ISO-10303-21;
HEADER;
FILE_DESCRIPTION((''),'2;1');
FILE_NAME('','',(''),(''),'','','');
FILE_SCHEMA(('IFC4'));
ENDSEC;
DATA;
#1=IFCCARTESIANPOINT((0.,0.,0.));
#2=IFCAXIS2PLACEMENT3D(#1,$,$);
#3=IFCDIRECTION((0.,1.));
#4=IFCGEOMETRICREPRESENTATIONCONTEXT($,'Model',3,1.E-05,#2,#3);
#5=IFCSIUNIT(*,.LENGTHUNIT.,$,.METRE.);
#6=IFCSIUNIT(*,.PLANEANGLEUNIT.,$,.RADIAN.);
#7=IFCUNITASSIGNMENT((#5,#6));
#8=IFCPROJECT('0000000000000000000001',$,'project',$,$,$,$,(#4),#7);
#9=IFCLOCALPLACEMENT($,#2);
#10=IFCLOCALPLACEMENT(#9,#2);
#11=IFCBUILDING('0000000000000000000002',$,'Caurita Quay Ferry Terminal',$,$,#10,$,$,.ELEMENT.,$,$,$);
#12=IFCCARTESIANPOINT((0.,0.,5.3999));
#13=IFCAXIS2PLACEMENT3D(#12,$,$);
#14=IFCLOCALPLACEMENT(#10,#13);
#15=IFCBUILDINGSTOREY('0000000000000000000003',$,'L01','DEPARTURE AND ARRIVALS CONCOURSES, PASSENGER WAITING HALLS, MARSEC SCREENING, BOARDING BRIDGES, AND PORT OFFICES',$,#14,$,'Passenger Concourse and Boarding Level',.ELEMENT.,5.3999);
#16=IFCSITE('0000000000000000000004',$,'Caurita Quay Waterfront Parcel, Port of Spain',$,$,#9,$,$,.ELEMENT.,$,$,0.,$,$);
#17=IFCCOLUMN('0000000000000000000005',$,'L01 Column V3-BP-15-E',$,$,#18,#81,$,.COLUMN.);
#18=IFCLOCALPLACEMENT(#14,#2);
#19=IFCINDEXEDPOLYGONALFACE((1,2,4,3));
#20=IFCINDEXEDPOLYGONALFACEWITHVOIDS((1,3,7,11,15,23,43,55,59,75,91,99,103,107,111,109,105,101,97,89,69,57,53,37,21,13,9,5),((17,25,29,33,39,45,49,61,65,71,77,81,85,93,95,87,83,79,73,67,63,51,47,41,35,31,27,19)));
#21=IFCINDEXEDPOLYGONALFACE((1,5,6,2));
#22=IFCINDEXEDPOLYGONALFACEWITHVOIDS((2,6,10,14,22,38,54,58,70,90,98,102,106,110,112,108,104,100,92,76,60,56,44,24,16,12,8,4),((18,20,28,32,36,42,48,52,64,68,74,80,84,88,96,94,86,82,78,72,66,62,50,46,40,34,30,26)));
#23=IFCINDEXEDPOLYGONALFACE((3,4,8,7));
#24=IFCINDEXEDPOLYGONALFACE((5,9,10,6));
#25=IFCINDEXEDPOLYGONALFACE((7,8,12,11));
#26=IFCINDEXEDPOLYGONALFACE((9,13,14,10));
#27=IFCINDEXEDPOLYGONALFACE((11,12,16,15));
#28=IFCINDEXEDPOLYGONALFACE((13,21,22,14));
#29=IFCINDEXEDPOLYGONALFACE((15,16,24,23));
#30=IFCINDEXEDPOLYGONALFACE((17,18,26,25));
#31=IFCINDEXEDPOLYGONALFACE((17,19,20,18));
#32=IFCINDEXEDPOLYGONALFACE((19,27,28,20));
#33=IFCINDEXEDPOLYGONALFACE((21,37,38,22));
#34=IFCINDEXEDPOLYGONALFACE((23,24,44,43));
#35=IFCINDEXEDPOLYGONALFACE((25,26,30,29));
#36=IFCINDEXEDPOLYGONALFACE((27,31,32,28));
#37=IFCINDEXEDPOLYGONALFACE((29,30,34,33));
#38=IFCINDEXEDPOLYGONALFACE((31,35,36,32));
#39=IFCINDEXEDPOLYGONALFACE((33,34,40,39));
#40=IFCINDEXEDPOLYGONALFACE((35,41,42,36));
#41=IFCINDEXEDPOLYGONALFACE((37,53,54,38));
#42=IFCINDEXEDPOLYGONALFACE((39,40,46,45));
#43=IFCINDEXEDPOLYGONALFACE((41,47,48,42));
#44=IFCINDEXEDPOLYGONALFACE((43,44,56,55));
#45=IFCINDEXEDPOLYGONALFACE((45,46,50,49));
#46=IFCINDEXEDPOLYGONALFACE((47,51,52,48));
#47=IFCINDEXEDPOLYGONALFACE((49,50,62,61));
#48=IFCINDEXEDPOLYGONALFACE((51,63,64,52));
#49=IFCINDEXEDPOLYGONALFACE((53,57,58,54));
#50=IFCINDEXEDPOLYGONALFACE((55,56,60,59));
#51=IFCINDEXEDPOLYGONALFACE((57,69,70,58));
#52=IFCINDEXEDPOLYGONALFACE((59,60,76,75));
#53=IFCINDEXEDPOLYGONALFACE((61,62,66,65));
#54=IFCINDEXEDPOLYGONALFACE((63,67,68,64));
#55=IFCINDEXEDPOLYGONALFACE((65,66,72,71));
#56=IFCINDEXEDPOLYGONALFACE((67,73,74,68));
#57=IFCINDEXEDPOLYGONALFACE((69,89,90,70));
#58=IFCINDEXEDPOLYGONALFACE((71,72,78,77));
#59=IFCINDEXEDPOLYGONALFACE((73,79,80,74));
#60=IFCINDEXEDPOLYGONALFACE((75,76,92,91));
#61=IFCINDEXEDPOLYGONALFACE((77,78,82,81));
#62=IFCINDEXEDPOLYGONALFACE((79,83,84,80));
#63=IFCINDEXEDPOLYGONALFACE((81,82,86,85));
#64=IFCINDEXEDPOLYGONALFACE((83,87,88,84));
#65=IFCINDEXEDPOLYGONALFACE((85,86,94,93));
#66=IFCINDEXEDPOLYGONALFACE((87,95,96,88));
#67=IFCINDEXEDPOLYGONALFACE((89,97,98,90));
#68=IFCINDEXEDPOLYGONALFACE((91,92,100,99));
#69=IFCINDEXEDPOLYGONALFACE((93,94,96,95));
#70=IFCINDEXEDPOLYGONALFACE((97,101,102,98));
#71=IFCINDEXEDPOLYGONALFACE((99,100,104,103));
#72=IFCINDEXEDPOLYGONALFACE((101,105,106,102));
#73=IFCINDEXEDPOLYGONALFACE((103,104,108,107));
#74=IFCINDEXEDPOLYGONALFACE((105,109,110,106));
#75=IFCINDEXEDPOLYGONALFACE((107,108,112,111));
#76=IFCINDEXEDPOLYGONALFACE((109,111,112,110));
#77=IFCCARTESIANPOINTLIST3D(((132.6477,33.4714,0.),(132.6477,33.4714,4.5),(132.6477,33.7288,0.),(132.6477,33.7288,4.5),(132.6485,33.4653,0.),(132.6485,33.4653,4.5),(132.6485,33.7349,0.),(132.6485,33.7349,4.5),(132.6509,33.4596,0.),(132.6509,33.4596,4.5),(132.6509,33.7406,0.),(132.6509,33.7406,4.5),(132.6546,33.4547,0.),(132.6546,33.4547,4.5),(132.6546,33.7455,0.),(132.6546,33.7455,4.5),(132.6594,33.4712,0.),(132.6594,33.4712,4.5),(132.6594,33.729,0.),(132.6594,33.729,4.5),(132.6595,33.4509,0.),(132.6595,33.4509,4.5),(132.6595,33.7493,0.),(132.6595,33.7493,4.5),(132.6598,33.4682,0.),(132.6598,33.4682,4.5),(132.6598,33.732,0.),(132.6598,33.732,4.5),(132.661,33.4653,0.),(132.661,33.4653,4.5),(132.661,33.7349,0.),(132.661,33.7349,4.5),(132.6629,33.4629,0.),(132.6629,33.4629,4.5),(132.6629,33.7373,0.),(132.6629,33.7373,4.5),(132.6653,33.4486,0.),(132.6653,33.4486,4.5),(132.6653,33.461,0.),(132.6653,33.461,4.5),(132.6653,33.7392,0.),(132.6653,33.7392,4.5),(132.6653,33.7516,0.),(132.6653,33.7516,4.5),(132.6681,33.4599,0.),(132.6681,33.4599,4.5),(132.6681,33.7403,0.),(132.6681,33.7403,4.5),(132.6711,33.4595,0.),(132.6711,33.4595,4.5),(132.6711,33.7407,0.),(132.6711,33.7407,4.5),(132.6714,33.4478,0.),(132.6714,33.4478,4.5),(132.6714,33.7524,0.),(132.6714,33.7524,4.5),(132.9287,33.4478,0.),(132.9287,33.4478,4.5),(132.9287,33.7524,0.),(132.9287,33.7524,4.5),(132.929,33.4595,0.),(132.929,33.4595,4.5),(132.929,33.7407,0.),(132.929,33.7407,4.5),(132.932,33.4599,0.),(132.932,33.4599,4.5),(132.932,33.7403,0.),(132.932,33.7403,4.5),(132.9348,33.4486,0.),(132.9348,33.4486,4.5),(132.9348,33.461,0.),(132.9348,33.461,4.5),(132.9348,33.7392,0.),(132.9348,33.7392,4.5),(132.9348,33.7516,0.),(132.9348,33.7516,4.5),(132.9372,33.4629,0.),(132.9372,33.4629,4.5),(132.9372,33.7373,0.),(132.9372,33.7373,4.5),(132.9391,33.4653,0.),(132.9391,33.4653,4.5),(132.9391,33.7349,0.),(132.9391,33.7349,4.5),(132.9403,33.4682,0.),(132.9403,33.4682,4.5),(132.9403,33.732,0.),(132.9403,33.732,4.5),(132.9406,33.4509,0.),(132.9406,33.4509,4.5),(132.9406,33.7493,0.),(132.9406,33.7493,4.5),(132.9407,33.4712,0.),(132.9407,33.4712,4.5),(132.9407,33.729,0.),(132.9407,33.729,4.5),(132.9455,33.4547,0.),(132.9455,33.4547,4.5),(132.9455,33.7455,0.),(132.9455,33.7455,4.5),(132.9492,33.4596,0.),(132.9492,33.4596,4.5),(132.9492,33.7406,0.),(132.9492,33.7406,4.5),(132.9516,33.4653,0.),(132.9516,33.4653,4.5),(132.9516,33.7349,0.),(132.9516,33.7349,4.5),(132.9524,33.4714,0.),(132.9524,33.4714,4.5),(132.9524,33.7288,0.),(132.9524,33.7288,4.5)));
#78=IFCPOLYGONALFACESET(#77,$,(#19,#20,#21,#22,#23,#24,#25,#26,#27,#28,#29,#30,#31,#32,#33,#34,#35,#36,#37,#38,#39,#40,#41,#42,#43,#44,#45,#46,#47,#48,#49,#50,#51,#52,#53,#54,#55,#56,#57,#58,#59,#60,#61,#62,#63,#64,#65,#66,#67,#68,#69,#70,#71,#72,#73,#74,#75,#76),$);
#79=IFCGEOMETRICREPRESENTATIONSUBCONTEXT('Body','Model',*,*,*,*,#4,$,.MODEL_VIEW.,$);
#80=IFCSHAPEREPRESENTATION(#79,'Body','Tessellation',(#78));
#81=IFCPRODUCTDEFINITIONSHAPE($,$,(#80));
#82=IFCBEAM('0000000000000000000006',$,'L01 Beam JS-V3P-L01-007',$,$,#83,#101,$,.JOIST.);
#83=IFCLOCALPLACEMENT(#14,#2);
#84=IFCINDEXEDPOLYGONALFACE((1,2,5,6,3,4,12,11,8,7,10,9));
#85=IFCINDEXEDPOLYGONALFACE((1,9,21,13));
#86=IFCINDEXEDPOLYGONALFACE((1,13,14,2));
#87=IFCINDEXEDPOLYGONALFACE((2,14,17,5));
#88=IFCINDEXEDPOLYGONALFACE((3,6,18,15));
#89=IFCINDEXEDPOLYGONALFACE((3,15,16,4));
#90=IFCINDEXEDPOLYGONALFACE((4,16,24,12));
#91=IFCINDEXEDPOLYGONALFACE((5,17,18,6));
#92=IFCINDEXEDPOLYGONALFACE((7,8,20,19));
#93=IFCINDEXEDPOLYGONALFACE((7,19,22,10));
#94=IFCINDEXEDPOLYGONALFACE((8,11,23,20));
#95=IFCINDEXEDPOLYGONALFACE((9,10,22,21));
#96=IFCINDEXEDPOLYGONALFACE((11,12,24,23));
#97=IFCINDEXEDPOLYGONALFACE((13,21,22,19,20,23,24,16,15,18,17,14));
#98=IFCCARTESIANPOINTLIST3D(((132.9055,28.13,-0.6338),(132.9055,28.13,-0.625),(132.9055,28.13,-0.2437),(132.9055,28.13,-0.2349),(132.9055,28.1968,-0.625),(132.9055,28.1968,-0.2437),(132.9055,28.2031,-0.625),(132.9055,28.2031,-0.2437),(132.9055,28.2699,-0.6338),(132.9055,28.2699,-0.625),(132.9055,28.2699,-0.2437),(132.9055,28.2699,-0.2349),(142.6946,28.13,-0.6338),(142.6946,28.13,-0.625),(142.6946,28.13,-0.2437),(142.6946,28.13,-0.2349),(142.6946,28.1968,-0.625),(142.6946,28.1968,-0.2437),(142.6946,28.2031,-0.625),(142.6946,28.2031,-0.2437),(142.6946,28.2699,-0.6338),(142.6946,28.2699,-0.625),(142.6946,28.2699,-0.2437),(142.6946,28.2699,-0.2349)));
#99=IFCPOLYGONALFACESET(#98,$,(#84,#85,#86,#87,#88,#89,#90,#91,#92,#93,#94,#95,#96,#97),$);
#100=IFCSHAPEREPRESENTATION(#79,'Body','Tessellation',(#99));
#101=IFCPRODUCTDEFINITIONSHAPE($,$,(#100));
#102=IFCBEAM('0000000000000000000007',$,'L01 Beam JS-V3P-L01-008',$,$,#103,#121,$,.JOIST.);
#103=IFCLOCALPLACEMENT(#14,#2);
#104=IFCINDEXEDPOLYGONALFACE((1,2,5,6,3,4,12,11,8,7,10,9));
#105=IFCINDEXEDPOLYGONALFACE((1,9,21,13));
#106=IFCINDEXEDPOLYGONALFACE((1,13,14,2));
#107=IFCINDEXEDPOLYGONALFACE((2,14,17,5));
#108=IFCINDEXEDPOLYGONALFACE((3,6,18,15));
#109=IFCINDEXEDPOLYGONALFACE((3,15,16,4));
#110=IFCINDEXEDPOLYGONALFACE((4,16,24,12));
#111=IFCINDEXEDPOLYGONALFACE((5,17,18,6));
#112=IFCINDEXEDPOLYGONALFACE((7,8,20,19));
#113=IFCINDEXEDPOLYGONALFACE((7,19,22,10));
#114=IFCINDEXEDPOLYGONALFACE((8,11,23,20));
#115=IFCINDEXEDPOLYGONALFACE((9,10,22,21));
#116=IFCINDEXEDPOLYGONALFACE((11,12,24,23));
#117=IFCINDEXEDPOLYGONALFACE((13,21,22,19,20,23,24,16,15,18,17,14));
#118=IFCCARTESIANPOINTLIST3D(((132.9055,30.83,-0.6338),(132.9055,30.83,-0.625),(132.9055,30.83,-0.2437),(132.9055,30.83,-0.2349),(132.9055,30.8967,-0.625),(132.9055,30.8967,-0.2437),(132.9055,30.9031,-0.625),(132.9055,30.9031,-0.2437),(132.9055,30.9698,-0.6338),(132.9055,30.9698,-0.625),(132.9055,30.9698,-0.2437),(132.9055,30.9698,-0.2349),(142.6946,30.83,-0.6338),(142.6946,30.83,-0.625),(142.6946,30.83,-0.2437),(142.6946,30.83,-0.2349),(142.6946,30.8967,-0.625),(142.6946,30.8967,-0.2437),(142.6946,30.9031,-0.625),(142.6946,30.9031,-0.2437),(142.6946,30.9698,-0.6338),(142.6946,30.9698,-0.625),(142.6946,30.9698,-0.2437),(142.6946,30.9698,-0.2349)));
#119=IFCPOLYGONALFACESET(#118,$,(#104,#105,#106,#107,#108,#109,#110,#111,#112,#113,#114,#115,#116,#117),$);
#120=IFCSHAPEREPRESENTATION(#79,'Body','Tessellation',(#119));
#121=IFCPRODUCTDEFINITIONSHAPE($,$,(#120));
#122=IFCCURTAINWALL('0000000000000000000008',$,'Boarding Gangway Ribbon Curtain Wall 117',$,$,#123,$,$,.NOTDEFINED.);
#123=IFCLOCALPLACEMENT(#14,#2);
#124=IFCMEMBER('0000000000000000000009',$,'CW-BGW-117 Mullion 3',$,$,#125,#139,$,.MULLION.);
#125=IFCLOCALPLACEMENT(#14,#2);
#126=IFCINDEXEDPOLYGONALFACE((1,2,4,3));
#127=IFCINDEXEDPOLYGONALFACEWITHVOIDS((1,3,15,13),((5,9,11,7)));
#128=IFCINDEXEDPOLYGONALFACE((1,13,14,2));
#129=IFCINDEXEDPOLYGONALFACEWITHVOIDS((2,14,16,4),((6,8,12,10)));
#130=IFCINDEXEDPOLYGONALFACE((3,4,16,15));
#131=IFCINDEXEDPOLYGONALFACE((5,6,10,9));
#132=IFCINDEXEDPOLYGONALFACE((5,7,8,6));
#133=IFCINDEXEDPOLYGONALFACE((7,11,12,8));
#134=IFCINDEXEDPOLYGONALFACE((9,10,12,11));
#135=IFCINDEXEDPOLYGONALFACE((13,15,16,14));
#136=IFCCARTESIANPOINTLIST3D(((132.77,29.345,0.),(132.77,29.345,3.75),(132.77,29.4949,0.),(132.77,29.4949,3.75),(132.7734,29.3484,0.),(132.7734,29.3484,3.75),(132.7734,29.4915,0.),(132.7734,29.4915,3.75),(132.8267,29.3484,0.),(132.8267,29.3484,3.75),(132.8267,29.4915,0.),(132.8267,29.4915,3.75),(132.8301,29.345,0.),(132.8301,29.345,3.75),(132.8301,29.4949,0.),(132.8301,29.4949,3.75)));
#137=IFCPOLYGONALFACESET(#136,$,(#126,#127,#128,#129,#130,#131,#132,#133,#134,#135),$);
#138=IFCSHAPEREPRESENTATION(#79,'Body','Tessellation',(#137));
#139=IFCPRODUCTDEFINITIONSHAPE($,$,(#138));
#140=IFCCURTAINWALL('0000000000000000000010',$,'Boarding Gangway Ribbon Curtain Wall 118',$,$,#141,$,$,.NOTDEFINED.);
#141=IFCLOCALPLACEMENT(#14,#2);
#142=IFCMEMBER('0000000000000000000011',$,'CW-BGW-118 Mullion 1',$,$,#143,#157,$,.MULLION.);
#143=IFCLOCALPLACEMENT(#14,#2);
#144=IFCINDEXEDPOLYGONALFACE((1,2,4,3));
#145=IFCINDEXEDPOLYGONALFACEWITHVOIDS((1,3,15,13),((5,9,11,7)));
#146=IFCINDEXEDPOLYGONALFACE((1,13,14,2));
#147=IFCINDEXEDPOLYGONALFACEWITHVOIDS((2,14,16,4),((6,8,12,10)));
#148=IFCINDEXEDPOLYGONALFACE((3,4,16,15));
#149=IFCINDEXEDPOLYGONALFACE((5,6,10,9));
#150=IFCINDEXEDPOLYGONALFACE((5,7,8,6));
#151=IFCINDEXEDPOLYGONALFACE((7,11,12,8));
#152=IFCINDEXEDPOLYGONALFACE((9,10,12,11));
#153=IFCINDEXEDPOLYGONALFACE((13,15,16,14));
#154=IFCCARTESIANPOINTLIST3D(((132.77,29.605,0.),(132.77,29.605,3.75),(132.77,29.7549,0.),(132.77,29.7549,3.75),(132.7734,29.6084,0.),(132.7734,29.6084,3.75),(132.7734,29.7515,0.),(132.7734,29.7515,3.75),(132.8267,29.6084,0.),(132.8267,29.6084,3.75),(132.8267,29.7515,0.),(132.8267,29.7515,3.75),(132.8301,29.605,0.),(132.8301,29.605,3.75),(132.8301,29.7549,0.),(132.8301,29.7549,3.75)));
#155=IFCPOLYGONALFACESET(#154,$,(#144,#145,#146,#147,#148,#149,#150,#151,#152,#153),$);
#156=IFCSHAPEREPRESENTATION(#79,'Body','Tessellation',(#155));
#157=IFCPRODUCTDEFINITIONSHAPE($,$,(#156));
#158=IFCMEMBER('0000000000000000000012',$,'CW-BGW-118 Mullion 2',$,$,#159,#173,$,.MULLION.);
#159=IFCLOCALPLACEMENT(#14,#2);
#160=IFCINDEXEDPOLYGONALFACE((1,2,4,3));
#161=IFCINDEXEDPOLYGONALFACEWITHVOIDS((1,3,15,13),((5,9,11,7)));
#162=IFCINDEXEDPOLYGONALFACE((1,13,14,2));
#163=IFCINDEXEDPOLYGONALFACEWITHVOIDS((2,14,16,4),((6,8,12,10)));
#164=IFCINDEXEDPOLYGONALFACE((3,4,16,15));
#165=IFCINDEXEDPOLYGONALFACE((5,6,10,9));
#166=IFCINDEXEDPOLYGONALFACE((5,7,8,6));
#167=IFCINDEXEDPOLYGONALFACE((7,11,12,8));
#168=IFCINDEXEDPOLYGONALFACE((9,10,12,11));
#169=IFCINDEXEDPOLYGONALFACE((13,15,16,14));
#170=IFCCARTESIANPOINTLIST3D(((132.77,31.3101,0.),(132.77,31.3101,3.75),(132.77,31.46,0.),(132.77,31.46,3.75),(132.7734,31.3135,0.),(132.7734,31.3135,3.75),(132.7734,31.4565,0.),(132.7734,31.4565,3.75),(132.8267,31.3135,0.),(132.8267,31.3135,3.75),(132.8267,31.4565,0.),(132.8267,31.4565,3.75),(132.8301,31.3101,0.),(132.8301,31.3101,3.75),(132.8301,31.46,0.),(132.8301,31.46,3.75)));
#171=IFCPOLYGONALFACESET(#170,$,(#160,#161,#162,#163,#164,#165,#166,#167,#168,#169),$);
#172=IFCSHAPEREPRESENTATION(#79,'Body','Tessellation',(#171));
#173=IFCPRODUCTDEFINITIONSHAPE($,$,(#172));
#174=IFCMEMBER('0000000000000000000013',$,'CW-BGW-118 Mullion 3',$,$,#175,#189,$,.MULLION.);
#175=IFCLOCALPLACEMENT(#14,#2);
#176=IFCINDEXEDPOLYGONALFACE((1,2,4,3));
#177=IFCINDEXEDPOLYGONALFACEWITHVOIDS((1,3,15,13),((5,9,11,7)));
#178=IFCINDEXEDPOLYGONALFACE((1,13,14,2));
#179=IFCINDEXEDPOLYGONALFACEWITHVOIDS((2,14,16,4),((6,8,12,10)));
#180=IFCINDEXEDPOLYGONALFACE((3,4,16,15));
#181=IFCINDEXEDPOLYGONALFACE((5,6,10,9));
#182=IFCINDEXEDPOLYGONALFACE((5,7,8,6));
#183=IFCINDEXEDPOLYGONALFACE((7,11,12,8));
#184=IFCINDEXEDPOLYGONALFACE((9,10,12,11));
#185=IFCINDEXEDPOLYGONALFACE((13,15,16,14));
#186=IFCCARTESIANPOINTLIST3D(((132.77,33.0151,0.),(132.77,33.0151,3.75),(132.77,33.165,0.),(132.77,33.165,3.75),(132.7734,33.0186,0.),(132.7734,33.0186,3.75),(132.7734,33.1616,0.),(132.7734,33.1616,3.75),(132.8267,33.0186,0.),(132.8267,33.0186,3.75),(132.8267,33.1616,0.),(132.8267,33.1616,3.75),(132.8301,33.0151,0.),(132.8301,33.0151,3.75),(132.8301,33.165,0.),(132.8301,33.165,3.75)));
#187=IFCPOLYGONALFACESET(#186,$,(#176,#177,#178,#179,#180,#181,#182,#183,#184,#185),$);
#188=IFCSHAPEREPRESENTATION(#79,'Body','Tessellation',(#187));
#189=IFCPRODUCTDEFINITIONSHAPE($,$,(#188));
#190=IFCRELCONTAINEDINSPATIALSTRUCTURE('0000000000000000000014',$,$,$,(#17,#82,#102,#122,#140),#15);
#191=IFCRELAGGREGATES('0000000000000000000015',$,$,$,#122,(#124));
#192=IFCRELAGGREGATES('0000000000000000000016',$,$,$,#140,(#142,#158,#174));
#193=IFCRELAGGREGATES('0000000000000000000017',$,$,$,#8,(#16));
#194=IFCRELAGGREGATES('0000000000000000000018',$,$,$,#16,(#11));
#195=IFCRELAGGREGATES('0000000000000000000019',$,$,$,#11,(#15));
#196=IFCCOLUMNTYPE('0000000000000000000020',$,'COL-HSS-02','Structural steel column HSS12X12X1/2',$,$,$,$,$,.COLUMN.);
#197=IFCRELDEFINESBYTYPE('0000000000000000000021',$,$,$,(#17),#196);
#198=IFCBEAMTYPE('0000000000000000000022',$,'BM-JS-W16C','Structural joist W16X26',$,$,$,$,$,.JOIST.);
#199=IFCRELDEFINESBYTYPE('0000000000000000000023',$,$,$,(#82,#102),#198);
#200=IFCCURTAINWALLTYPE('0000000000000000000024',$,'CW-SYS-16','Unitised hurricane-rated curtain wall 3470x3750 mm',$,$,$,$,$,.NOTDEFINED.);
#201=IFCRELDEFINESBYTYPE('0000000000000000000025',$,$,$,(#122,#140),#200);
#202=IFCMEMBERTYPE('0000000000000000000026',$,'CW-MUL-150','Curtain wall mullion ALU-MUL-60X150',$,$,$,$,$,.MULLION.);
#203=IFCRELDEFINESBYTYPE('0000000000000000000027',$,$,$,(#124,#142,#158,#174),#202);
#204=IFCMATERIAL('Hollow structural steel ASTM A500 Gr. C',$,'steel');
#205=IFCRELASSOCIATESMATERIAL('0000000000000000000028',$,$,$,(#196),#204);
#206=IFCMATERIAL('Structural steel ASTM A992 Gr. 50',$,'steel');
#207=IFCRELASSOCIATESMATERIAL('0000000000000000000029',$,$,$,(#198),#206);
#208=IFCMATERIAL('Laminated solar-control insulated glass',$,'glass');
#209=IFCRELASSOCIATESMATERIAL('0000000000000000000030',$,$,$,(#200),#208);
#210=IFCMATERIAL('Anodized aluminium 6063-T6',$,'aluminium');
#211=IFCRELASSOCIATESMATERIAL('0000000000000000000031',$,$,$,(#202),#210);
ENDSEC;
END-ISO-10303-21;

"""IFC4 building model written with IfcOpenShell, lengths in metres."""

from ifc_helpers import new_model, si_unit, direction, frame, origin, origin_2d, place, context, subcontext, project, spatial, hollow_rectangle, i_section, extrude, material, material_profile, profile_set, type_object, element, aggregate, save


model = new_model("IFC4")

# Units and contexts
model_context = context("Model", 3, precision=1e-05, world=origin(), true_north=direction((0.0, 1.0)))
body_context = subcontext(model_context, "Body", "Model", "MODEL_VIEW")
ifc_project = project(units=[si_unit("LENGTHUNIT", "METRE"), si_unit("PLANEANGLEUNIT", "RADIAN")], contexts=[model_context])

# Site, building, storey
site_placement = place(None, origin())
site = spatial("IfcSite", under=ifc_project, at=site_placement, Name="Caurita Quay Waterfront Parcel, Port of Spain", CompositionType="ELEMENT", RefElevation=0.0)
building_placement = place(site_placement, origin())
building = spatial("IfcBuilding", under=site, at=building_placement, Name="Caurita Quay Ferry Terminal", CompositionType="ELEMENT")
storey_placement = place(building_placement, frame((0.0, 0.0, 5.3999)))
storey = spatial("IfcBuildingStorey", under=building, at=storey_placement, Name="L01", Description="DEPARTURE AND ARRIVALS CONCOURSES, PASSENGER WAITING HALLS, MARSEC SCREENING, BOARDING BRIDGES, AND PORT OFFICES", LongName="Passenger Concourse and Boarding Level", CompositionType="ELEMENT", Elevation=5.3999)

# Column
ifc_material_1 = material(Name="Hollow structural steel ASTM A500 Gr. C", Category="steel")
ifc_material_profile_1 = material_profile(ifc_material_1, hollow_rectangle(XDim=0.3047, YDim=0.3047, WallThickness=0.0117, InnerFilletRadius=0.0117, OuterFilletRadius=0.0237, at=origin_2d()), Name="HSS12X12X1/2")
ifc_profile_set_1 = profile_set([ifc_material_profile_1], Name="Hollow structural steel ASTM A500 Gr. C")
column_type = type_object("IfcColumnType", Name="COL-HSS-02", Description="Structural steel column HSS12X12X1/2", PredefinedType="COLUMN", material=ifc_profile_set_1)
column_placement = place(storey_placement, frame((132.8, 33.6001, 0.0), z_axis=(0.0, 0.0, 1.0), x_axis=(1.0, 0.0, 0.0)))
element("IfcColumn", 1, at=column_placement, inside=storey, type_object=column_type, Name="L01 Column V3-BP-15-E", PredefinedType="COLUMN", context=body_context, shape_type="SweptSolid", body=[
    extrude(hollow_rectangle(XDim=0.3047, YDim=0.3047, WallThickness=0.0117, InnerFilletRadius=0.0117, OuterFilletRadius=0.0237, at=origin_2d()), origin(), (0.0, 0.0, 1.0), 4.5),
])

# Beams
ifc_material_2 = material(Name="Structural steel ASTM A992 Gr. 50", Category="steel")
ifc_material_profile_2 = material_profile(ifc_material_2, i_section(OverallWidth=0.1399, OverallDepth=0.3989, WebThickness=0.0063, FlangeThickness=0.0088, at=origin_2d()), Name="W16X26")
ifc_profile_set_2 = profile_set([ifc_material_profile_2], Name="Structural steel ASTM A992 Gr. 50")
beam_type = type_object("IfcBeamType", Name="BM-JS-W16C", Description="Structural joist W16X26", PredefinedType="JOIST", material=ifc_profile_set_2)
for number, where, z_axis, x_axis, name in (
    (2, (132.9055, 28.2, -0.4343), (1.0, 0.0, 0.0), (0.0, 1.0, 0.0), "L01 Beam JS-V3P-L01-007"),
    (3, (132.9055, 30.8999, -0.4343), (1.0, 0.0, 0.0), (0.0, 1.0, 0.0), "L01 Beam JS-V3P-L01-008"),
):
    element("IfcBeam", number, at=place(storey_placement, frame(where, z_axis=z_axis, x_axis=x_axis)), inside=storey, type_object=beam_type, Name=name, PredefinedType="JOIST", context=body_context, shape_type="SweptSolid", body=[
        extrude(i_section(OverallWidth=0.1399, OverallDepth=0.3989, WebThickness=0.0063, FlangeThickness=0.0088, at=origin_2d()), origin(), (0.0, 0.0, 1.0), 9.7891),
    ])

# Curtain wall, member
ifc_material_3 = material(Name="Laminated solar-control insulated glass", Category="glass")
curtain_wall_type = type_object("IfcCurtainWallType", Name="CW-SYS-16", Description="Unitised hurricane-rated curtain wall 3470x3750 mm", PredefinedType="NOTDEFINED", material=ifc_material_3)
curtain_wall_1_placement = place(storey_placement, origin())
curtain_wall_1 = element("IfcCurtainWall", 4, at=curtain_wall_1_placement, inside=storey, type_object=curtain_wall_type, Name="Boarding Gangway Ribbon Curtain Wall 117", PredefinedType="NOTDEFINED")
ifc_material_4 = material(Name="Anodized aluminium 6063-T6", Category="aluminium")
ifc_material_profile_3 = material_profile(ifc_material_4, hollow_rectangle(XDim=0.0601, YDim=0.1499, WallThickness=0.0034, at=origin_2d()), Name="ALU-MUL-60X150")
ifc_profile_set_3 = profile_set([ifc_material_profile_3], Name="Anodized aluminium 6063-T6")
member_type_1 = type_object("IfcMemberType", Name="CW-MUL-150", Description="Curtain wall mullion ALU-MUL-60X150", PredefinedType="MULLION", material=ifc_profile_set_3)
member_1_placement = place(storey_placement, frame((132.8, 29.4199, 0.0), z_axis=(0.0, 0.0, 1.0), x_axis=(-1.0, 0.0, 0.0)))
member_1 = element("IfcMember", 5, at=member_1_placement, type_object=member_type_1, Name="CW-BGW-117 Mullion 3", PredefinedType="MULLION", context=body_context, shape_type="SweptSolid", body=[
    extrude(hollow_rectangle(XDim=0.0601, YDim=0.1499, WallThickness=0.0034, at=origin_2d()), origin(), (0.0, 0.0, 1.0), 3.75),
])

# Curtain wall, members
curtain_wall_2_placement = place(storey_placement, origin())
curtain_wall_2 = element("IfcCurtainWall", 6, at=curtain_wall_2_placement, inside=storey, type_object=curtain_wall_type, Name="Boarding Gangway Ribbon Curtain Wall 118", PredefinedType="NOTDEFINED")
member_2_placement = place(storey_placement, frame((132.8, 29.6799, 0.0), z_axis=(0.0, 0.0, 1.0), x_axis=(-1.0, 0.0, 0.0)))
member_2 = element("IfcMember", 7, at=member_2_placement, type_object=member_type_1, Name="CW-BGW-118 Mullion 1", PredefinedType="MULLION", context=body_context, shape_type="SweptSolid", body=[
    extrude(hollow_rectangle(XDim=0.0601, YDim=0.1499, WallThickness=0.0034, at=origin_2d()), origin(), (0.0, 0.0, 1.0), 3.75),
])
member_3_placement = place(storey_placement, frame((132.8, 31.385, 0.0), z_axis=(0.0, 0.0, 1.0), x_axis=(-1.0, 0.0, 0.0)))
member_3 = element("IfcMember", 8, at=member_3_placement, type_object=member_type_1, Name="CW-BGW-118 Mullion 2", PredefinedType="MULLION", context=body_context, shape_type="SweptSolid", body=[
    extrude(hollow_rectangle(XDim=0.0601, YDim=0.1499, WallThickness=0.0034, at=origin_2d()), origin(), (0.0, 0.0, 1.0), 3.75),
])
member_4_placement = place(storey_placement, frame((132.8, 33.0901, 0.0), z_axis=(0.0, 0.0, 1.0), x_axis=(-1.0, 0.0, 0.0)))
member_4 = element("IfcMember", 9, at=member_4_placement, type_object=member_type_1, Name="CW-BGW-118 Mullion 3", PredefinedType="MULLION", context=body_context, shape_type="SweptSolid", body=[
    extrude(hollow_rectangle(XDim=0.0601, YDim=0.1499, WallThickness=0.0034, at=origin_2d()), origin(), (0.0, 0.0, 1.0), 3.75),
])

aggregate(curtain_wall_1, [member_1])
aggregate(curtain_wall_2, [member_2, member_3, member_4])

save(model, "model.ifc")
